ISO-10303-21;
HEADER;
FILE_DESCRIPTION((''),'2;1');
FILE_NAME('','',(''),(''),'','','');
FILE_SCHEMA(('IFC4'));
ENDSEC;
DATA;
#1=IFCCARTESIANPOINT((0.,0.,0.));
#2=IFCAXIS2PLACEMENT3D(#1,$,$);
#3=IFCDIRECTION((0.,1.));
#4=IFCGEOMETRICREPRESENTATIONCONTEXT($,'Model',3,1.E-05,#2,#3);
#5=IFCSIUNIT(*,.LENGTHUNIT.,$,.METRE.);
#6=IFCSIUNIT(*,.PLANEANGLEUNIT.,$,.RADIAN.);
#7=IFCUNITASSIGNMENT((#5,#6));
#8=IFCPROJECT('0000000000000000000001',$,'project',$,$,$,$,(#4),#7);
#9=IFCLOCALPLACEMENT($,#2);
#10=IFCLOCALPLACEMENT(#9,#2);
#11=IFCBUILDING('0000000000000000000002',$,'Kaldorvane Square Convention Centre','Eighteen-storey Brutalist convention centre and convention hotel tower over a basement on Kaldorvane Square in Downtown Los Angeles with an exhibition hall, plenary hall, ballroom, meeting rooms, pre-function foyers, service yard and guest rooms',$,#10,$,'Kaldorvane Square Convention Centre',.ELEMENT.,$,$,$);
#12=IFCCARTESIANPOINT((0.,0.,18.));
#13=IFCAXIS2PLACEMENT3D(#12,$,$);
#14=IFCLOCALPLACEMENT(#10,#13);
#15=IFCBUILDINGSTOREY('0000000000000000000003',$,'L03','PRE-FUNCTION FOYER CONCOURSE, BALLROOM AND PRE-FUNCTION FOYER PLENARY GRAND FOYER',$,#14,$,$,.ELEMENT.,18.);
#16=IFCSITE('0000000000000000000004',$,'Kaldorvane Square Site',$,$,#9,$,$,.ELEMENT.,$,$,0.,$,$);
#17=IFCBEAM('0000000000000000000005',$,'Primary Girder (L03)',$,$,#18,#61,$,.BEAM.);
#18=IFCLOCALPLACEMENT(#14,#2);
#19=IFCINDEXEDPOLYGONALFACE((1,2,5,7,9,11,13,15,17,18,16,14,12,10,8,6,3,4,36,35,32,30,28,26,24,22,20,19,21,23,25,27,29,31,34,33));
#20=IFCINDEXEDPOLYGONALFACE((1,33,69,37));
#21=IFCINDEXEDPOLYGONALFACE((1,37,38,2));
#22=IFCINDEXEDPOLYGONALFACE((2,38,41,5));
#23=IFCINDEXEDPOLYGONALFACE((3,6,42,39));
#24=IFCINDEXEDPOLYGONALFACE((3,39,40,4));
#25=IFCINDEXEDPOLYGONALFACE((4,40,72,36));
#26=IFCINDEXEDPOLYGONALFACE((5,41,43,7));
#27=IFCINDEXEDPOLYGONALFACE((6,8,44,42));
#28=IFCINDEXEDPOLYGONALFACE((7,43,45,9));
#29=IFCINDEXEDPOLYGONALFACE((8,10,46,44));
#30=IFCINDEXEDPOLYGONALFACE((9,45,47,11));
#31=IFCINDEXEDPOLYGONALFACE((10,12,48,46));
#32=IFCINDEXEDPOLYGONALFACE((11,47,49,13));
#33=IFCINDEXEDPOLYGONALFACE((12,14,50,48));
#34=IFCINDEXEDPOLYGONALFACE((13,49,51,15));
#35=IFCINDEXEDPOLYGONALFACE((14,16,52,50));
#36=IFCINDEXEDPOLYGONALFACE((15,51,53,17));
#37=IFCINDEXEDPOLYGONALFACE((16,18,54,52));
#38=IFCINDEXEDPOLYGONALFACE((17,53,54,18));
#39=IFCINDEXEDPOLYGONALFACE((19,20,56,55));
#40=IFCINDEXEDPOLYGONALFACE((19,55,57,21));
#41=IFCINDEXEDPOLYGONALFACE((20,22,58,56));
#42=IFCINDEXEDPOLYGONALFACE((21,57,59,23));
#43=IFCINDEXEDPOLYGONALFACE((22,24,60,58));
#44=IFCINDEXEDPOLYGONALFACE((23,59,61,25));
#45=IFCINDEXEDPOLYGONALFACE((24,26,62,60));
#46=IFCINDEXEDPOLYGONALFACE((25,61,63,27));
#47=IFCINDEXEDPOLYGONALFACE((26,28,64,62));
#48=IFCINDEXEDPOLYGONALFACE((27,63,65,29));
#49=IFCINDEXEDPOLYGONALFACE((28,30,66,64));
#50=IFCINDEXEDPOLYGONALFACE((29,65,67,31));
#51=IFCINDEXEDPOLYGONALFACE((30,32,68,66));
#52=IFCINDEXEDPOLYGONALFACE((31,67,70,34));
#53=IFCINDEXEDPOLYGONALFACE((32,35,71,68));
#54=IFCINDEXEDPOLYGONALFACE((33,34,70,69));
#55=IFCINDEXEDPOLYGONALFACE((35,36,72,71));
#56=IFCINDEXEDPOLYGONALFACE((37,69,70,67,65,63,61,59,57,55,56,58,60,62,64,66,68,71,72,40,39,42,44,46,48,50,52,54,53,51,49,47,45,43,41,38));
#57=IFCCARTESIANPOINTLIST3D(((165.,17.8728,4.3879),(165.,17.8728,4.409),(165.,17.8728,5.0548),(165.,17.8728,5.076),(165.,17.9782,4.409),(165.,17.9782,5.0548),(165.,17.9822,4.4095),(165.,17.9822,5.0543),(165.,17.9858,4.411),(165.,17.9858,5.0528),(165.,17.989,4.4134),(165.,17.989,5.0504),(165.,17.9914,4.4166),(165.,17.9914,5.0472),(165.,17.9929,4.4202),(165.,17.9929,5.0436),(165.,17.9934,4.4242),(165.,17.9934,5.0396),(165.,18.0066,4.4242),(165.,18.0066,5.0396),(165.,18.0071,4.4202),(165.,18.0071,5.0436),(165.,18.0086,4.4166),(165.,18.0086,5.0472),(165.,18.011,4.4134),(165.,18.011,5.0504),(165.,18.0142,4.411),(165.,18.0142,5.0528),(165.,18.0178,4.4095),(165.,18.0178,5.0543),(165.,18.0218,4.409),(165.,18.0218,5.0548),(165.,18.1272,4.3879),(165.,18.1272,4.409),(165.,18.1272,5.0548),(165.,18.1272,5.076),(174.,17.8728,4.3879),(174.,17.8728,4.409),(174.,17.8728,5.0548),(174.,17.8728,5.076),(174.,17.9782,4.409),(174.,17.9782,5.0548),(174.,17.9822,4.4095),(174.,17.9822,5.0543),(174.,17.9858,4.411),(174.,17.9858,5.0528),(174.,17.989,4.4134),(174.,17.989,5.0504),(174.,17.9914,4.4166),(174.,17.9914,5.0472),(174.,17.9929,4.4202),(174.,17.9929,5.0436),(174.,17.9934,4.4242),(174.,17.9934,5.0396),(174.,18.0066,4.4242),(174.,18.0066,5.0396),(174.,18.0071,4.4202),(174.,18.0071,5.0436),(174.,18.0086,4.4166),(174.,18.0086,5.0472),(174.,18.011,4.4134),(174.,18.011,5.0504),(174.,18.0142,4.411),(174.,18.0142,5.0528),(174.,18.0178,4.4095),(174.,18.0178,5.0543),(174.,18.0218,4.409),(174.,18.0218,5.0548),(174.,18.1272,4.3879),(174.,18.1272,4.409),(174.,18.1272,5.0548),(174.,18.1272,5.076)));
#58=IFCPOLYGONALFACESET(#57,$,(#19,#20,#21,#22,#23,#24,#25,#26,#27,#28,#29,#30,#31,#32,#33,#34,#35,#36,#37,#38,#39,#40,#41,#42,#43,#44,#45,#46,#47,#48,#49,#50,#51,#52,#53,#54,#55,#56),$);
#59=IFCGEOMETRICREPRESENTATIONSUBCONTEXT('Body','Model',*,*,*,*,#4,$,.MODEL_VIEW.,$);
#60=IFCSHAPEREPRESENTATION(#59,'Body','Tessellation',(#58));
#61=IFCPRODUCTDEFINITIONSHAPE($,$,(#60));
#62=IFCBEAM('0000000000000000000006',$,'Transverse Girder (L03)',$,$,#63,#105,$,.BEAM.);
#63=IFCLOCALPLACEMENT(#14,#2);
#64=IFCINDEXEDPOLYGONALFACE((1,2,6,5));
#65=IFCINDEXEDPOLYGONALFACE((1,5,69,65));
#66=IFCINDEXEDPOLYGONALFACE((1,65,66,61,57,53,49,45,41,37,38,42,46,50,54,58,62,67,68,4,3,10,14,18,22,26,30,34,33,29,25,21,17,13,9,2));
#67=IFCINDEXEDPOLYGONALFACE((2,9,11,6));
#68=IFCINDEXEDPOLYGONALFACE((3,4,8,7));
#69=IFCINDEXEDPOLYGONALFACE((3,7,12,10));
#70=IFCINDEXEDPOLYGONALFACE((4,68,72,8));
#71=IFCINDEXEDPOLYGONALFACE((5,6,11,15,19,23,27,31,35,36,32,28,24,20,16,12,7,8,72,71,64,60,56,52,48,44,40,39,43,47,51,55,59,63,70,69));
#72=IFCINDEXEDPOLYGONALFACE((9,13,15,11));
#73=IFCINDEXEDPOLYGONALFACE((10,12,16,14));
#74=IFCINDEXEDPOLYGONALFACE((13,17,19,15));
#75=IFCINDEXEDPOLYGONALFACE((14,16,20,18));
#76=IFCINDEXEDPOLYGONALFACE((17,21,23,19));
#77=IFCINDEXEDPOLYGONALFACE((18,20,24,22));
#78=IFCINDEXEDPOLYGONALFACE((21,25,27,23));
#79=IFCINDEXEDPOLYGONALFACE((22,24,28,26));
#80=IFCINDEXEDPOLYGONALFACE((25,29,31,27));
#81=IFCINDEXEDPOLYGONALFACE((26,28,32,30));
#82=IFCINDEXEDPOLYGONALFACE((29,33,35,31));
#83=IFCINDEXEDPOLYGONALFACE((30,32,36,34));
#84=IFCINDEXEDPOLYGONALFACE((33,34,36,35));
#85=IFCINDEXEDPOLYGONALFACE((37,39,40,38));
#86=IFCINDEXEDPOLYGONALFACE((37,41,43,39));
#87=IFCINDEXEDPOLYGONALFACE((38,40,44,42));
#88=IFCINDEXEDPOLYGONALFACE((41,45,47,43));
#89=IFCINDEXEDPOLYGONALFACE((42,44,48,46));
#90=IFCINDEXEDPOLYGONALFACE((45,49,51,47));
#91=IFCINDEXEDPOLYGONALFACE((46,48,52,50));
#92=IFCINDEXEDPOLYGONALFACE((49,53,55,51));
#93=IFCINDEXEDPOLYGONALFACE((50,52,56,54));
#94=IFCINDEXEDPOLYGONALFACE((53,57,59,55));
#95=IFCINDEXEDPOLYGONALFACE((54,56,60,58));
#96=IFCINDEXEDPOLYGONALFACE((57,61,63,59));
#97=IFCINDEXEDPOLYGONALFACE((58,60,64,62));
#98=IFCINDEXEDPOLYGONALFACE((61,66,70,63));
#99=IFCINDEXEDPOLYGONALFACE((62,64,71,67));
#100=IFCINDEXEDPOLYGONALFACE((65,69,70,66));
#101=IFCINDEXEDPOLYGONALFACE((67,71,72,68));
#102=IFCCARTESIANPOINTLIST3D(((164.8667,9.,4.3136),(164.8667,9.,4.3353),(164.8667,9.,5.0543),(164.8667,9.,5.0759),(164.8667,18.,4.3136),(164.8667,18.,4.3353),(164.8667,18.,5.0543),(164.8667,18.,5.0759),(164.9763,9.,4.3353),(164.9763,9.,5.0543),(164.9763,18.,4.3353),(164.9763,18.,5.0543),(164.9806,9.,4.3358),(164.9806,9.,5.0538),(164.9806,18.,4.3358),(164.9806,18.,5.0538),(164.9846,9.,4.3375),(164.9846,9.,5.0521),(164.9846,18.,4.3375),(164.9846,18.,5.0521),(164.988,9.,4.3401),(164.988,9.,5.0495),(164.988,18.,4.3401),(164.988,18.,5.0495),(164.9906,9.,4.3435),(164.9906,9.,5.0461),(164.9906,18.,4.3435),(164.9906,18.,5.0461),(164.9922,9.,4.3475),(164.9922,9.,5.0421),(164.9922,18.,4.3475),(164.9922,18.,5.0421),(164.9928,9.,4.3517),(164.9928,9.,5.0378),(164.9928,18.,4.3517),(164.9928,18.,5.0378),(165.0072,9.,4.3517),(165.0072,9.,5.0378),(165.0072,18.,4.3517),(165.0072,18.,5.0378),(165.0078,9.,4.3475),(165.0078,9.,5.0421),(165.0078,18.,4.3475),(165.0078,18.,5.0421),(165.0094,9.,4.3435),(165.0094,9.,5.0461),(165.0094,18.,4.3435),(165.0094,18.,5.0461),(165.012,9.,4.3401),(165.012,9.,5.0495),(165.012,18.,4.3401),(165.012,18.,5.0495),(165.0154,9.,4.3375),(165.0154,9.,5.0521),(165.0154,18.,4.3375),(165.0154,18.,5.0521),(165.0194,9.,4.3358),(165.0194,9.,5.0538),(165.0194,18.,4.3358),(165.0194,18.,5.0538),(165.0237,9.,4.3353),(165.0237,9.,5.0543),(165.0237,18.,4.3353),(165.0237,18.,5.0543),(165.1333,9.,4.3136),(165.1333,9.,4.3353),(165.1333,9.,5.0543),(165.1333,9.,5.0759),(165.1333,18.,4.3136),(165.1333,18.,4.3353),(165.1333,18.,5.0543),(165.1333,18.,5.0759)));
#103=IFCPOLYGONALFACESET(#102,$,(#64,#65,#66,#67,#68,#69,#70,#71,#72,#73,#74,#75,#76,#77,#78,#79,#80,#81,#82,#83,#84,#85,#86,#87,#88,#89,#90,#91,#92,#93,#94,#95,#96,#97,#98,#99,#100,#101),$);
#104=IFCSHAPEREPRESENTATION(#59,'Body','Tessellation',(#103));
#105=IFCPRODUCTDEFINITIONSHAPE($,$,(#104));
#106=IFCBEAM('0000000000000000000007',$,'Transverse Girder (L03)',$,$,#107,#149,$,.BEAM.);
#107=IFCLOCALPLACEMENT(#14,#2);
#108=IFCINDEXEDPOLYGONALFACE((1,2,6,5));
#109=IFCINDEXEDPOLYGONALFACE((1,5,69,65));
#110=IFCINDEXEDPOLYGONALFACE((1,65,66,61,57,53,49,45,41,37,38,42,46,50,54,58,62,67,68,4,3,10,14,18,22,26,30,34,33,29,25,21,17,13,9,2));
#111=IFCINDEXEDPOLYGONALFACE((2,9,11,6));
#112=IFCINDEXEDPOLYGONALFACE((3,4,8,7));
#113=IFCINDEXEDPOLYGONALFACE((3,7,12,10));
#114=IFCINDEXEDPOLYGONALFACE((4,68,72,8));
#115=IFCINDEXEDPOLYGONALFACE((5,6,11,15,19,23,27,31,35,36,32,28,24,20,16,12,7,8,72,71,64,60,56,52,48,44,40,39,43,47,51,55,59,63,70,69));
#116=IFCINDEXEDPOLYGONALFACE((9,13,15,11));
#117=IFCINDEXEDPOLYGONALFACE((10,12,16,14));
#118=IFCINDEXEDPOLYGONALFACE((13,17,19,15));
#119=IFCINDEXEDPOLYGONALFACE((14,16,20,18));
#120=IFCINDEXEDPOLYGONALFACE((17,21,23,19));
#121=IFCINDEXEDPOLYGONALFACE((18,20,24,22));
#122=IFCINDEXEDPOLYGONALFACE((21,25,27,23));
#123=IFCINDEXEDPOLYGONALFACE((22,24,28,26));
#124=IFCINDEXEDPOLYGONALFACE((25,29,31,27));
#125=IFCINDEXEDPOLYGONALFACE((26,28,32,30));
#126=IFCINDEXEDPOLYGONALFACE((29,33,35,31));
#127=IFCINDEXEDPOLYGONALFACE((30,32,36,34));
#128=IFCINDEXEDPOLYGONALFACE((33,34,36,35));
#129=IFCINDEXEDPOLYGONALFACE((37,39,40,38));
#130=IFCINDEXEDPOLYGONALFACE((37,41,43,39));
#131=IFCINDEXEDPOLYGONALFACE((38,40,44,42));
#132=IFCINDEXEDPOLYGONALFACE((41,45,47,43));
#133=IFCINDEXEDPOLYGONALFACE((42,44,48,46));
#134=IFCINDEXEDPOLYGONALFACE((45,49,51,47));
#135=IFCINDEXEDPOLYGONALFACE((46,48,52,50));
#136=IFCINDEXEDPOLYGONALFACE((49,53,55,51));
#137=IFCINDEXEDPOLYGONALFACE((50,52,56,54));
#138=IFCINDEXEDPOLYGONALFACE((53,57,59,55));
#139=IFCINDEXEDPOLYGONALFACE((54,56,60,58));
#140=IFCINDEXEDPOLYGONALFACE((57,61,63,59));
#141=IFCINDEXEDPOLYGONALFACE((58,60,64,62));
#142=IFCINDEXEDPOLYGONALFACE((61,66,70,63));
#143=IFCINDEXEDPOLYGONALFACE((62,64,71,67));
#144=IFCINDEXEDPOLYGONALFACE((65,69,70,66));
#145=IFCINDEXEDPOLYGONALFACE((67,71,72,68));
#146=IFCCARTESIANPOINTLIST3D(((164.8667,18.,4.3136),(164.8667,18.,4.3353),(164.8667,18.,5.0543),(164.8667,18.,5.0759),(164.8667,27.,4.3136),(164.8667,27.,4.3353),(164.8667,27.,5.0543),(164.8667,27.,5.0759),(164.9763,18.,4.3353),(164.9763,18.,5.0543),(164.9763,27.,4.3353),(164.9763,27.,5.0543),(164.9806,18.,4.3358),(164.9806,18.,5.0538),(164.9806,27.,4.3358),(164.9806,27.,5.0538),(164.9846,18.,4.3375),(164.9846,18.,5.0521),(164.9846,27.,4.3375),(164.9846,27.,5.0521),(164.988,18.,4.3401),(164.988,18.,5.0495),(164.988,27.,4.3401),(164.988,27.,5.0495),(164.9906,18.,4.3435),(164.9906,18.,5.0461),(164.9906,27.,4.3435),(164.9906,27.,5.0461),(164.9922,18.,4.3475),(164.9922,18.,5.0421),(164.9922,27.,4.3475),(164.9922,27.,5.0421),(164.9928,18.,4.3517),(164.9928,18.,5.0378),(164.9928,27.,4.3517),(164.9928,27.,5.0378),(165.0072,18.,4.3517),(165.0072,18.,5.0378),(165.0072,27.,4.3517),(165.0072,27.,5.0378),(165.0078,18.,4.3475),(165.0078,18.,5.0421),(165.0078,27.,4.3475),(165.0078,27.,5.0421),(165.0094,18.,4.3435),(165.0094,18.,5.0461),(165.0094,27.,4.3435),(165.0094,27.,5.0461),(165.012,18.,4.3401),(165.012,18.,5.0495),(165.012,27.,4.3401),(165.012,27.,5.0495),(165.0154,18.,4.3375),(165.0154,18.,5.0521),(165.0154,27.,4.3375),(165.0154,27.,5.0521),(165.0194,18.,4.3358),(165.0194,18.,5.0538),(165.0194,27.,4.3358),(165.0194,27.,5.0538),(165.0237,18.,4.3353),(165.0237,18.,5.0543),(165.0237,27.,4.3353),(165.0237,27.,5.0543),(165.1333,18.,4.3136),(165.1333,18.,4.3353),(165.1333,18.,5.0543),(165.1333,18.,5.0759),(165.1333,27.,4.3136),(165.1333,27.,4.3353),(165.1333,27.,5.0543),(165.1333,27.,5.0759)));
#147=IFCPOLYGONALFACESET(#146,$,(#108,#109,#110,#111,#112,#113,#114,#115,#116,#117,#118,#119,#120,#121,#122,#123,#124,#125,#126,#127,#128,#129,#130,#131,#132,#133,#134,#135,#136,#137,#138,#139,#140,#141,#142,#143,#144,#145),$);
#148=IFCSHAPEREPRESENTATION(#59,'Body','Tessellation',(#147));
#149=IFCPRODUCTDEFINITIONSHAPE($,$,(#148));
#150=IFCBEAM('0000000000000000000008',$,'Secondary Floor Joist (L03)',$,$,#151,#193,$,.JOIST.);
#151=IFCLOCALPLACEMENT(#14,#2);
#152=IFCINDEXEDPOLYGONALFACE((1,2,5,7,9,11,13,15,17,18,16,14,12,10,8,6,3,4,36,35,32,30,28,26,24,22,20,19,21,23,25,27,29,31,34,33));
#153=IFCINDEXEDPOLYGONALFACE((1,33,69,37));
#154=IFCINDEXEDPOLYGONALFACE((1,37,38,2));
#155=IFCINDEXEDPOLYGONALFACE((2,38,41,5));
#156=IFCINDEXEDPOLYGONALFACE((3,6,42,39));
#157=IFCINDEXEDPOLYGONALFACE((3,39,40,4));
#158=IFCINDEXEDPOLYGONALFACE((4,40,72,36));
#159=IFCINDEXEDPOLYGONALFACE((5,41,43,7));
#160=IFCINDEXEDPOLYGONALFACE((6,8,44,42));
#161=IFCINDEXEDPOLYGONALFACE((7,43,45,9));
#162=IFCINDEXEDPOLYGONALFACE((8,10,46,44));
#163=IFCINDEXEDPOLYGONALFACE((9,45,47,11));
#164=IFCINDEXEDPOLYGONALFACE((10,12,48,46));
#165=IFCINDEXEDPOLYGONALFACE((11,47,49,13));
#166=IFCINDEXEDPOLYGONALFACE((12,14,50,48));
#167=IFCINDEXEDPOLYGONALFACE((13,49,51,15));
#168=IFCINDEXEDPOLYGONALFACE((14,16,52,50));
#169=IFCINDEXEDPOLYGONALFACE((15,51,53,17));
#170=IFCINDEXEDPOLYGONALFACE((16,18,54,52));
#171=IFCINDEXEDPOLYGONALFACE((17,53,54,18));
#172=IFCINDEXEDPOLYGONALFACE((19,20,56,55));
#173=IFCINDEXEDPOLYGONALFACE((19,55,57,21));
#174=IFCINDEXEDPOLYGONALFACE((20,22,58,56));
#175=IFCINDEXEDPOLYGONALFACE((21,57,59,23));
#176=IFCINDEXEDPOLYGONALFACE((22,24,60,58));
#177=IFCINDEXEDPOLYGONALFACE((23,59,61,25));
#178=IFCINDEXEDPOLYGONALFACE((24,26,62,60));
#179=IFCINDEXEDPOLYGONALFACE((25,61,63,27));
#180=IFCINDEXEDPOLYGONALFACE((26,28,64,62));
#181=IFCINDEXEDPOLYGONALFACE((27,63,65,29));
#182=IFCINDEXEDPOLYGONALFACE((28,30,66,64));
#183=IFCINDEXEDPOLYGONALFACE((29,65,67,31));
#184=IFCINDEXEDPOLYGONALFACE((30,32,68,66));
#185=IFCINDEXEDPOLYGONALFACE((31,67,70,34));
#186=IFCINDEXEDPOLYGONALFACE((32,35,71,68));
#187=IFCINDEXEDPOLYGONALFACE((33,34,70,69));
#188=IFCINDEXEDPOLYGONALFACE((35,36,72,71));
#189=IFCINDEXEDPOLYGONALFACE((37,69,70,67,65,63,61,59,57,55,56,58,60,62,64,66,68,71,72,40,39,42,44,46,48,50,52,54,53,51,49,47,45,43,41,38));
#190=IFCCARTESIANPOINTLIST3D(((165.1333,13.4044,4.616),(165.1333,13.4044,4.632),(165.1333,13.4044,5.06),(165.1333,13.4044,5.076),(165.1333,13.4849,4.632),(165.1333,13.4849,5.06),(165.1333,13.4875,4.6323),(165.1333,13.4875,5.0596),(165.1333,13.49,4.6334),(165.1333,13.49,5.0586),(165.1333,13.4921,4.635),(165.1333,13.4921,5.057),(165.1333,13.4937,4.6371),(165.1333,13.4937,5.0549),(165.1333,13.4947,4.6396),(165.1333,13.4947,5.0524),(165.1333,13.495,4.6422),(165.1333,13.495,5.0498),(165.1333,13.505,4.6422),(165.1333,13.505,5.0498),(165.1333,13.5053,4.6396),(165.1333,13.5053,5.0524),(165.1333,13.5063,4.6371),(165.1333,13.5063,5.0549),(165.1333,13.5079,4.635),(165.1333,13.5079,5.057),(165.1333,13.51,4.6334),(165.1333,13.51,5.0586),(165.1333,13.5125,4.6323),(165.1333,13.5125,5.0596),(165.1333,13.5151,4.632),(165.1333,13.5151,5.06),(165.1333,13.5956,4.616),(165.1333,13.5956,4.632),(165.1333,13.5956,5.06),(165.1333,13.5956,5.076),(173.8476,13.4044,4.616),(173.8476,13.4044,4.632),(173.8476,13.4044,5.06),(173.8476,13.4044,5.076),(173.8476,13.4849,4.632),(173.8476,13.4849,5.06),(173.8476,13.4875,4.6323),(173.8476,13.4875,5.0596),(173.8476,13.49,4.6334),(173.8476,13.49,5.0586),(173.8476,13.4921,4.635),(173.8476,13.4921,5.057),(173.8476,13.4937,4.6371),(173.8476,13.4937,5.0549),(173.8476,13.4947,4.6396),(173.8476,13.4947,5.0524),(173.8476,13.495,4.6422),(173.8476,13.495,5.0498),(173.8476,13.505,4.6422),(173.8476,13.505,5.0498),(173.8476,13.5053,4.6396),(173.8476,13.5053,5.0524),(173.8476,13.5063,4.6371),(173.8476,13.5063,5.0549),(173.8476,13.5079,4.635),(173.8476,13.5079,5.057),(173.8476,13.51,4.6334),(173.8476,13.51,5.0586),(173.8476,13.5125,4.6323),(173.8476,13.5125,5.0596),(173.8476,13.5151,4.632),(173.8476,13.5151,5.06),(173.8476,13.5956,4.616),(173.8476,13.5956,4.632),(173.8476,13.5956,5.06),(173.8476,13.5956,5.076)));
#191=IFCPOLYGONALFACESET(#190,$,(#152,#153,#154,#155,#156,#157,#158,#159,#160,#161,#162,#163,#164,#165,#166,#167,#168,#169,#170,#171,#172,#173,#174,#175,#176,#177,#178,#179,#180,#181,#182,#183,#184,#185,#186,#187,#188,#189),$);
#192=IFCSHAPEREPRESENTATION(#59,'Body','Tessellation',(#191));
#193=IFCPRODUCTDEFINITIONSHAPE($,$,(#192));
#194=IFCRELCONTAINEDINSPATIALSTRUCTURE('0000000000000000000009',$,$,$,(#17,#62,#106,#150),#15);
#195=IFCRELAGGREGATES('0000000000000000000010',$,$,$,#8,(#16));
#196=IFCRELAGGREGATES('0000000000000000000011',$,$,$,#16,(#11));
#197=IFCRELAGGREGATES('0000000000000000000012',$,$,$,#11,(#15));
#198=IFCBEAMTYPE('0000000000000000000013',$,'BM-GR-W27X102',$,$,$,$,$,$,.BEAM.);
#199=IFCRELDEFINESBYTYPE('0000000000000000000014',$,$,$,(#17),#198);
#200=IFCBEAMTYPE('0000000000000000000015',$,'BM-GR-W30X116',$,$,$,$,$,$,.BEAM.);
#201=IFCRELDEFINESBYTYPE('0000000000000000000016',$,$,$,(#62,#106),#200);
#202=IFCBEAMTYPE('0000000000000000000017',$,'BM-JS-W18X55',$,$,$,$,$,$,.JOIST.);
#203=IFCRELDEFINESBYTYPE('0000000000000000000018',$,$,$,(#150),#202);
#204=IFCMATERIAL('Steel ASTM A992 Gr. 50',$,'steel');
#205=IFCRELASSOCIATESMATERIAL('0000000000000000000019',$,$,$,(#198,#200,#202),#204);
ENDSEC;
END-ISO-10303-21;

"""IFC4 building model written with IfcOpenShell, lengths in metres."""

from ifc_helpers import new_model, si_unit, direction, frame, origin, origin_2d, place, context, subcontext, project, spatial, i_section, extrude, material, material_profile, profile_set, type_object, element, save


model = new_model("IFC4")

# Units and contexts
model_context = context("Model", 3, precision=1e-05, world=origin(), true_north=direction((0.0, 1.0)))
body_context = subcontext(model_context, "Body", "Model", "MODEL_VIEW")
ifc_project = project(units=[si_unit("LENGTHUNIT", "METRE"), si_unit("PLANEANGLEUNIT", "RADIAN")], contexts=[model_context])

# Site, building, storey
site_placement = place(None, origin())
site = spatial("IfcSite", under=ifc_project, at=site_placement, Name="Kaldorvane Square Site", CompositionType="ELEMENT", RefElevation=0.0)
building_placement = place(site_placement, origin())
building = spatial("IfcBuilding", under=site, at=building_placement, Name="Kaldorvane Square Convention Centre", Description="Eighteen-storey Brutalist convention centre and convention hotel tower over a basement on Kaldorvane Square in Downtown Los Angeles with an exhibition hall, plenary hall, ballroom, meeting rooms, pre-function foyers, service yard and guest rooms", LongName="Kaldorvane Square Convention Centre", CompositionType="ELEMENT")
storey_placement = place(building_placement, frame((0.0, 0.0, 18.0)))
storey = spatial("IfcBuildingStorey", under=building, at=storey_placement, Name="L03", Description="PRE-FUNCTION FOYER CONCOURSE, BALLROOM AND PRE-FUNCTION FOYER PLENARY GRAND FOYER", CompositionType="ELEMENT", Elevation=18.0)

# Shared definitions
ifc_material_1 = material(Name="Steel ASTM A992 Gr. 50", Category="steel")

# Beams
ifc_material_profile_1 = material_profile(ifc_material_1, i_section(OverallWidth=0.2544, OverallDepth=0.6881, WebThickness=0.0131, FlangeThickness=0.0211, FilletRadius=0.0152, at=origin_2d()), Name="W27X102")
ifc_profile_set_1 = profile_set([ifc_material_profile_1], Name="Steel ASTM A992 Gr. 50")
beam_type_1 = type_object("IfcBeamType", Name="BM-GR-W27X102", PredefinedType="BEAM", material=ifc_profile_set_1)
beam_placement = place(storey_placement, frame((165.0, 18.0, 4.7319), z_axis=(1.0, 0.0, 0.0), x_axis=(0.0, 1.0, 0.0)))
element("IfcBeam", 1, at=beam_placement, inside=storey, type_object=beam_type_1, Name="Primary Girder (L03)", PredefinedType="BEAM", context=body_context, shape_type="SweptSolid", body=[
    extrude(i_section(OverallWidth=0.2544, OverallDepth=0.6881, WebThickness=0.0131, FlangeThickness=0.0211, FilletRadius=0.0152, at=origin_2d()), origin(), (0.0, 0.0, 1.0), 9.0),
])
ifc_material_profile_2 = material_profile(ifc_material_1, i_section(OverallWidth=0.2666, OverallDepth=0.7623, WebThickness=0.0144, FlangeThickness=0.0216, FilletRadius=0.0165, at=origin_2d()), Name="W30X116")
ifc_profile_set_2 = profile_set([ifc_material_profile_2], Name="Steel ASTM A992 Gr. 50")
beam_type_2 = type_object("IfcBeamType", Name="BM-GR-W30X116", PredefinedType="BEAM", material=ifc_profile_set_2)
for number, where, z_axis, x_axis, name in (
    (2, (165.0, 9.0, 4.6948), (0.0, 1.0, 0.0), (-1.0, 0.0, 0.0), "Transverse Girder (L03)"),
    (3, (165.0, 18.0, 4.6948), (0.0, 1.0, 0.0), (-1.0, 0.0, 0.0), "Transverse Girder (L03)"),
):
    element("IfcBeam", number, at=place(storey_placement, frame(where, z_axis=z_axis, x_axis=x_axis)), inside=storey, type_object=beam_type_2, Name=name, PredefinedType="BEAM", context=body_context, shape_type="SweptSolid", body=[
        extrude(i_section(OverallWidth=0.2666, OverallDepth=0.7623, WebThickness=0.0144, FlangeThickness=0.0216, FilletRadius=0.0165, at=origin_2d()), origin(), (0.0, 0.0, 1.0), 9.0),
    ])
ifc_material_profile_3 = material_profile(ifc_material_1, i_section(OverallWidth=0.1913, OverallDepth=0.46, WebThickness=0.0099, FlangeThickness=0.016, FilletRadius=0.0102, at=origin_2d()), Name="W18X55")
ifc_profile_set_3 = profile_set([ifc_material_profile_3], Name="Steel ASTM A992 Gr. 50")
beam_type_3 = type_object("IfcBeamType", Name="BM-JS-W18X55", PredefinedType="JOIST", material=ifc_profile_set_3)
for number, where, z_axis, x_axis, name in (
    (4, (165.1333, 13.5, 4.846), (1.0, 0.0, 0.0), (0.0, 1.0, 0.0), "Secondary Floor Joist (L03)"),
):
    element("IfcBeam", number, at=place(storey_placement, frame(where, z_axis=z_axis, x_axis=x_axis)), inside=storey, type_object=beam_type_3, Name=name, PredefinedType="JOIST", context=body_context, shape_type="SweptSolid", body=[
        extrude(i_section(OverallWidth=0.1913, OverallDepth=0.46, WebThickness=0.0099, FlangeThickness=0.016, FilletRadius=0.0102, at=origin_2d()), origin(), (0.0, 0.0, 1.0), 8.7143),
    ])

save(model, "model.ifc")
